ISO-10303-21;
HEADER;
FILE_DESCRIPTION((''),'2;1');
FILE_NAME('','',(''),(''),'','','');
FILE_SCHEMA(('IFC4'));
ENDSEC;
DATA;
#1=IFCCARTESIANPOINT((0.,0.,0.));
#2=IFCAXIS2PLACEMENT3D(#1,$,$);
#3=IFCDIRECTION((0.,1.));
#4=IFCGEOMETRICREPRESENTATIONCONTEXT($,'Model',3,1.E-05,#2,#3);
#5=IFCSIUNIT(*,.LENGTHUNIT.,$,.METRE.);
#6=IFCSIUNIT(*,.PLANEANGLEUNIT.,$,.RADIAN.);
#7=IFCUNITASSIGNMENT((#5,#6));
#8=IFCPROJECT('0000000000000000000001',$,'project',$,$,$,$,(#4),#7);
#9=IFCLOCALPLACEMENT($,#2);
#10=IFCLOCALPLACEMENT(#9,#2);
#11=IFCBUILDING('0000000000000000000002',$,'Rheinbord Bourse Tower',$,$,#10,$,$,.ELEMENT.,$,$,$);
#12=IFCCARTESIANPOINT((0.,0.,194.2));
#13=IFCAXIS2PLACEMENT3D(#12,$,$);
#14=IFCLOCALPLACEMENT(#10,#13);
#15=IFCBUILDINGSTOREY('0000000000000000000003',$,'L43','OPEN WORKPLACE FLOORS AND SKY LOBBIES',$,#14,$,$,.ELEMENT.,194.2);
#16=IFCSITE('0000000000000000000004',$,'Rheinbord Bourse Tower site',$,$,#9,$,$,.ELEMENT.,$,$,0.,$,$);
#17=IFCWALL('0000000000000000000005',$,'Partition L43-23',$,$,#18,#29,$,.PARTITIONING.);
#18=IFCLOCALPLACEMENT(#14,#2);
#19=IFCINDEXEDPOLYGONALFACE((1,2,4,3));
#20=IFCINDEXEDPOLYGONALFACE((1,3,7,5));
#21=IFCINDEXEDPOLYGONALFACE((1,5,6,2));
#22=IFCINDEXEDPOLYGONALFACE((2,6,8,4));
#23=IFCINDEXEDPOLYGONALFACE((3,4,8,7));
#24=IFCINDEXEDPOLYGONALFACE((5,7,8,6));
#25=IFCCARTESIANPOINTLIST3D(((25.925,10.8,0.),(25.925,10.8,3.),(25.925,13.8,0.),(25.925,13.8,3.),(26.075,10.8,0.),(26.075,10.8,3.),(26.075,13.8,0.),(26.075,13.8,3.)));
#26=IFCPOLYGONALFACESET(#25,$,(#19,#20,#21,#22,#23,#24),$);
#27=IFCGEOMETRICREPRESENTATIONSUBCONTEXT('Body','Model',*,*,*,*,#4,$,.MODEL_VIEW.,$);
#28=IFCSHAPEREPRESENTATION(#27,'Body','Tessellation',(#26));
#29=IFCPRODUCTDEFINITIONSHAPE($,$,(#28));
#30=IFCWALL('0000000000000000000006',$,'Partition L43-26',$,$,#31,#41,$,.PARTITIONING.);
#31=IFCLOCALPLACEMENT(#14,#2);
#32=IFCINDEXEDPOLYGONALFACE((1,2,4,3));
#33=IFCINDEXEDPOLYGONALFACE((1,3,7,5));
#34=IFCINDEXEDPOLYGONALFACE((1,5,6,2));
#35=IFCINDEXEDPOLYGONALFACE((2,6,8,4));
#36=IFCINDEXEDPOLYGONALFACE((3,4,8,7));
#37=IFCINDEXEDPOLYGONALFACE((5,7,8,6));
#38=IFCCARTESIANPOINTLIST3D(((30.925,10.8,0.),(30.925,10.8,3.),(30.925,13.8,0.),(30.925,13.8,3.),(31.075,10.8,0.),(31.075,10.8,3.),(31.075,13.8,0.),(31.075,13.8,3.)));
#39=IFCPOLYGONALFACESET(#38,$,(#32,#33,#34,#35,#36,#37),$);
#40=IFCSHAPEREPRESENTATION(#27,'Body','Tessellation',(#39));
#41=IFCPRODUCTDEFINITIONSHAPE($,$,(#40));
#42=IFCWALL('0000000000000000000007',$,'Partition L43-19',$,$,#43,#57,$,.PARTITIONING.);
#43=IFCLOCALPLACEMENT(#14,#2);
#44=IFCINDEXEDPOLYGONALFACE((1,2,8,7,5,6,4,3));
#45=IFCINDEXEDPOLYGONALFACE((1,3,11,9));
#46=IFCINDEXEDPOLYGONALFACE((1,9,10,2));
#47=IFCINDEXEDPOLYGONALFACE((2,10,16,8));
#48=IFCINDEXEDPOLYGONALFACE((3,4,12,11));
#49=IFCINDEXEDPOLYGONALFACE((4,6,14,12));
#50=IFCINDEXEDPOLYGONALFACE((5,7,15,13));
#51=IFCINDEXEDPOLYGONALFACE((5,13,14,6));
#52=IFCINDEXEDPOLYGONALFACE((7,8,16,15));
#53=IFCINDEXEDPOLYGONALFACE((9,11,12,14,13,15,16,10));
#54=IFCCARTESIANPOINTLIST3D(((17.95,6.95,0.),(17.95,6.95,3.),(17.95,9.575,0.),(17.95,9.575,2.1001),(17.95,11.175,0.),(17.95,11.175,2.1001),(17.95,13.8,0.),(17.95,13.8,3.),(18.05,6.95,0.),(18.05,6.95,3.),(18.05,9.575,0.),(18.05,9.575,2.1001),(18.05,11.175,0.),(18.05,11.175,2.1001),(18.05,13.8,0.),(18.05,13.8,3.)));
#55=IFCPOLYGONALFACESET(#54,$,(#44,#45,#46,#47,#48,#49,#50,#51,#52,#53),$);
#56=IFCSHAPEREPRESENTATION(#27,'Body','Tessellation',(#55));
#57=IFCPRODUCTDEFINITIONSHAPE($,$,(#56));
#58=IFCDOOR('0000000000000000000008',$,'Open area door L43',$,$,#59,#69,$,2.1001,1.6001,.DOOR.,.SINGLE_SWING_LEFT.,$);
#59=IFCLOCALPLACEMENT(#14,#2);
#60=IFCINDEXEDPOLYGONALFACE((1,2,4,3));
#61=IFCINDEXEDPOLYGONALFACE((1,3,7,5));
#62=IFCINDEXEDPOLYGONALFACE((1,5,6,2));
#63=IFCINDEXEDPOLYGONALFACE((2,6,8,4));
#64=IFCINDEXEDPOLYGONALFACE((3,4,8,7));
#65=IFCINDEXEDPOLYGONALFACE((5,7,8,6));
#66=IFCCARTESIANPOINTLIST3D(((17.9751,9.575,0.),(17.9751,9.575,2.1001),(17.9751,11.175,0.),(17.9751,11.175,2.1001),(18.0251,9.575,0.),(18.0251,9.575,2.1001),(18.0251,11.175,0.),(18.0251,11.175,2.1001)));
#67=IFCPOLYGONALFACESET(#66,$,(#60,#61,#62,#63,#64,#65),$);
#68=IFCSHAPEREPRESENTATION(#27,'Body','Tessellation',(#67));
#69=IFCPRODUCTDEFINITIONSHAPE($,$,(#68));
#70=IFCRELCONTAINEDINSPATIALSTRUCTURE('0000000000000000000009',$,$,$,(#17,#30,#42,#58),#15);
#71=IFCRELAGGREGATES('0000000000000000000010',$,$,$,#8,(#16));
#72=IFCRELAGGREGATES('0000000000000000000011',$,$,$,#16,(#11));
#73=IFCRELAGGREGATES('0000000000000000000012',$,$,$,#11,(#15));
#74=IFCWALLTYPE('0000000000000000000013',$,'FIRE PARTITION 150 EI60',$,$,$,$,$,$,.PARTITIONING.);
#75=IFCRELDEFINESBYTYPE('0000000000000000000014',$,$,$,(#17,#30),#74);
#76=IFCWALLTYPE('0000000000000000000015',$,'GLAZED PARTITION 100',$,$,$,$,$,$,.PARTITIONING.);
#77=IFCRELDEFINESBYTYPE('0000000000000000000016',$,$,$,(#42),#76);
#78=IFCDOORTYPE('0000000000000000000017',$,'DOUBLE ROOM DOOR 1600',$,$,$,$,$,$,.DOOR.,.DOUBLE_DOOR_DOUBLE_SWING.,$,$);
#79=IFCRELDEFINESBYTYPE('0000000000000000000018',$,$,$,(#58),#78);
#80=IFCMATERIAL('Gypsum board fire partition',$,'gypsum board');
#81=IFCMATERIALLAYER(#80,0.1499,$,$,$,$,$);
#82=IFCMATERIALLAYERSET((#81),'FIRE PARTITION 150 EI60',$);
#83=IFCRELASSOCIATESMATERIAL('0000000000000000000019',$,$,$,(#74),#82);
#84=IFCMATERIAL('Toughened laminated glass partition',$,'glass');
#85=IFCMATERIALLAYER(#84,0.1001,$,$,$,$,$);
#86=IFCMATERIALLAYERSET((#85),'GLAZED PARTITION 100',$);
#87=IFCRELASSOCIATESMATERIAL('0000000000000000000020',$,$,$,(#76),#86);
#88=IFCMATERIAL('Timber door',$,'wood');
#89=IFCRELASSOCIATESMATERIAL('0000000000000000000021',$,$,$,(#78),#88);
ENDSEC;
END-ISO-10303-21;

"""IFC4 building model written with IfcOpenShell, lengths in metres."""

from ifc_helpers import new_model, si_unit, direction, frame, frame_2d, origin, place, context, subcontext, project, spatial, rectangle, extrude, material, layer, layer_set, type_object, element, fill, save


model = new_model("IFC4")

# Units and contexts
model_context = context("Model", 3, precision=1e-05, world=origin(), true_north=direction((0.0, 1.0)))
body_context = subcontext(model_context, "Body", "Model", "MODEL_VIEW")
ifc_project = project(units=[si_unit("LENGTHUNIT", "METRE"), si_unit("PLANEANGLEUNIT", "RADIAN")], contexts=[model_context])

# Site, building, storey
site_placement = place(None, origin())
site = spatial("IfcSite", under=ifc_project, at=site_placement, Name="Rheinbord Bourse Tower site", CompositionType="ELEMENT", RefElevation=0.0)
building_placement = place(site_placement, origin())
building = spatial("IfcBuilding", under=site, at=building_placement, Name="Rheinbord Bourse Tower", CompositionType="ELEMENT")
storey_placement = place(building_placement, frame((0.0, 0.0, 194.2)))
storey = spatial("IfcBuildingStorey", under=building, at=storey_placement, Name="L43", Description="OPEN WORKPLACE FLOORS AND SKY LOBBIES", CompositionType="ELEMENT", Elevation=194.2)

# Shared definitions
ifc_material_1 = material(Name="Gypsum board fire partition", Category="gypsum board")
ifc_layer_1 = layer(ifc_material_1, 0.1499)
ifc_layer_set_1 = layer_set([ifc_layer_1], Name="FIRE PARTITION 150 EI60")
wall_type_1 = type_object("IfcWallType", Name="FIRE PARTITION 150 EI60", PredefinedType="PARTITIONING", material=ifc_layer_set_1)

# Walls
for number, where, z_axis, x_axis, name in (
    (1, (26.0, 10.8, 0.0), (0.0, 0.0, 1.0), (0.0, 1.0, 0.0), "Partition L43-23"),
    (2, (31.0, 10.8, 0.0), (0.0, 0.0, 1.0), (0.0, 1.0, 0.0), "Partition L43-26"),
):
    element("IfcWall", number, at=place(storey_placement, frame(where, z_axis=z_axis, x_axis=x_axis)), inside=storey, type_object=wall_type_1, Name=name, PredefinedType="PARTITIONING", context=body_context, shape_type="SweptSolid", body=[
        extrude(rectangle(XDim=3.0, YDim=0.1499, at=frame_2d((1.5, 0.0))), origin(), (0.0, 0.0, 1.0), 3.0),
    ])

# Wall, opening, door
ifc_material_2 = material(Name="Toughened laminated glass partition", Category="glass")
ifc_layer_2 = layer(ifc_material_2, 0.1001)
ifc_layer_set_2 = layer_set([ifc_layer_2], Name="GLAZED PARTITION 100")
wall_type_2 = type_object("IfcWallType", Name="GLAZED PARTITION 100", PredefinedType="PARTITIONING", material=ifc_layer_set_2)
wall_1_placement = place(storey_placement, frame((18.0, 6.95, 0.0), z_axis=(0.0, 0.0, 1.0), x_axis=(0.0, 1.0, 0.0)))
wall_1 = element("IfcWall", 3, at=wall_1_placement, inside=storey, type_object=wall_type_2, Name="Partition L43-19", PredefinedType="PARTITIONING", context=body_context, shape_type="SweptSolid", body=[
    extrude(rectangle(XDim=6.8501, YDim=0.1001, at=frame_2d((3.425, 0.0))), origin(), (0.0, 0.0, 1.0), 3.0),
])
opening_1_placement = place(wall_1_placement, frame((2.625, 0.0, 0.0)))
opening_1 = element("IfcOpeningElement", 4, at=opening_1_placement, cuts=wall_1, PredefinedType="OPENING", context=body_context, shape_type="SweptSolid", body=[
    extrude(rectangle(XDim=1.6001, YDim=2.1001, at=frame_2d((0.8, 1.05))), frame((0.0, 0.0601, 0.0), z_axis=(0.0, -1.0, 0.0), x_axis=(1.0, 0.0, 0.0)), (0.0, 0.0, 1.0), 0.1201),
])
ifc_material_3 = material(Name="Timber door", Category="wood")
door_type_1 = type_object("IfcDoorType", Name="DOUBLE ROOM DOOR 1600", OperationType="DOUBLE_DOOR_DOUBLE_SWING", PredefinedType="DOOR", material=ifc_material_3)
door_1_placement = place(opening_1_placement, origin())
door_1 = element("IfcDoor", 5, at=door_1_placement, inside=storey, type_object=door_type_1, Name="Open area door L43", OperationType="SINGLE_SWING_LEFT", OverallHeight=2.1001, OverallWidth=1.6001, PredefinedType="DOOR", context=body_context, shape_type="SweptSolid", body=[
    extrude(rectangle(XDim=1.6001, YDim=2.1001, at=frame_2d((0.8, 1.05))), frame((0.0, 0.0249, 0.0), z_axis=(0.0, -1.0, 0.0), x_axis=(1.0, 0.0, 0.0)), (0.0, 0.0, 1.0), 0.05),
])
fill(opening_1, door_1)

save(model, "model.ifc")
